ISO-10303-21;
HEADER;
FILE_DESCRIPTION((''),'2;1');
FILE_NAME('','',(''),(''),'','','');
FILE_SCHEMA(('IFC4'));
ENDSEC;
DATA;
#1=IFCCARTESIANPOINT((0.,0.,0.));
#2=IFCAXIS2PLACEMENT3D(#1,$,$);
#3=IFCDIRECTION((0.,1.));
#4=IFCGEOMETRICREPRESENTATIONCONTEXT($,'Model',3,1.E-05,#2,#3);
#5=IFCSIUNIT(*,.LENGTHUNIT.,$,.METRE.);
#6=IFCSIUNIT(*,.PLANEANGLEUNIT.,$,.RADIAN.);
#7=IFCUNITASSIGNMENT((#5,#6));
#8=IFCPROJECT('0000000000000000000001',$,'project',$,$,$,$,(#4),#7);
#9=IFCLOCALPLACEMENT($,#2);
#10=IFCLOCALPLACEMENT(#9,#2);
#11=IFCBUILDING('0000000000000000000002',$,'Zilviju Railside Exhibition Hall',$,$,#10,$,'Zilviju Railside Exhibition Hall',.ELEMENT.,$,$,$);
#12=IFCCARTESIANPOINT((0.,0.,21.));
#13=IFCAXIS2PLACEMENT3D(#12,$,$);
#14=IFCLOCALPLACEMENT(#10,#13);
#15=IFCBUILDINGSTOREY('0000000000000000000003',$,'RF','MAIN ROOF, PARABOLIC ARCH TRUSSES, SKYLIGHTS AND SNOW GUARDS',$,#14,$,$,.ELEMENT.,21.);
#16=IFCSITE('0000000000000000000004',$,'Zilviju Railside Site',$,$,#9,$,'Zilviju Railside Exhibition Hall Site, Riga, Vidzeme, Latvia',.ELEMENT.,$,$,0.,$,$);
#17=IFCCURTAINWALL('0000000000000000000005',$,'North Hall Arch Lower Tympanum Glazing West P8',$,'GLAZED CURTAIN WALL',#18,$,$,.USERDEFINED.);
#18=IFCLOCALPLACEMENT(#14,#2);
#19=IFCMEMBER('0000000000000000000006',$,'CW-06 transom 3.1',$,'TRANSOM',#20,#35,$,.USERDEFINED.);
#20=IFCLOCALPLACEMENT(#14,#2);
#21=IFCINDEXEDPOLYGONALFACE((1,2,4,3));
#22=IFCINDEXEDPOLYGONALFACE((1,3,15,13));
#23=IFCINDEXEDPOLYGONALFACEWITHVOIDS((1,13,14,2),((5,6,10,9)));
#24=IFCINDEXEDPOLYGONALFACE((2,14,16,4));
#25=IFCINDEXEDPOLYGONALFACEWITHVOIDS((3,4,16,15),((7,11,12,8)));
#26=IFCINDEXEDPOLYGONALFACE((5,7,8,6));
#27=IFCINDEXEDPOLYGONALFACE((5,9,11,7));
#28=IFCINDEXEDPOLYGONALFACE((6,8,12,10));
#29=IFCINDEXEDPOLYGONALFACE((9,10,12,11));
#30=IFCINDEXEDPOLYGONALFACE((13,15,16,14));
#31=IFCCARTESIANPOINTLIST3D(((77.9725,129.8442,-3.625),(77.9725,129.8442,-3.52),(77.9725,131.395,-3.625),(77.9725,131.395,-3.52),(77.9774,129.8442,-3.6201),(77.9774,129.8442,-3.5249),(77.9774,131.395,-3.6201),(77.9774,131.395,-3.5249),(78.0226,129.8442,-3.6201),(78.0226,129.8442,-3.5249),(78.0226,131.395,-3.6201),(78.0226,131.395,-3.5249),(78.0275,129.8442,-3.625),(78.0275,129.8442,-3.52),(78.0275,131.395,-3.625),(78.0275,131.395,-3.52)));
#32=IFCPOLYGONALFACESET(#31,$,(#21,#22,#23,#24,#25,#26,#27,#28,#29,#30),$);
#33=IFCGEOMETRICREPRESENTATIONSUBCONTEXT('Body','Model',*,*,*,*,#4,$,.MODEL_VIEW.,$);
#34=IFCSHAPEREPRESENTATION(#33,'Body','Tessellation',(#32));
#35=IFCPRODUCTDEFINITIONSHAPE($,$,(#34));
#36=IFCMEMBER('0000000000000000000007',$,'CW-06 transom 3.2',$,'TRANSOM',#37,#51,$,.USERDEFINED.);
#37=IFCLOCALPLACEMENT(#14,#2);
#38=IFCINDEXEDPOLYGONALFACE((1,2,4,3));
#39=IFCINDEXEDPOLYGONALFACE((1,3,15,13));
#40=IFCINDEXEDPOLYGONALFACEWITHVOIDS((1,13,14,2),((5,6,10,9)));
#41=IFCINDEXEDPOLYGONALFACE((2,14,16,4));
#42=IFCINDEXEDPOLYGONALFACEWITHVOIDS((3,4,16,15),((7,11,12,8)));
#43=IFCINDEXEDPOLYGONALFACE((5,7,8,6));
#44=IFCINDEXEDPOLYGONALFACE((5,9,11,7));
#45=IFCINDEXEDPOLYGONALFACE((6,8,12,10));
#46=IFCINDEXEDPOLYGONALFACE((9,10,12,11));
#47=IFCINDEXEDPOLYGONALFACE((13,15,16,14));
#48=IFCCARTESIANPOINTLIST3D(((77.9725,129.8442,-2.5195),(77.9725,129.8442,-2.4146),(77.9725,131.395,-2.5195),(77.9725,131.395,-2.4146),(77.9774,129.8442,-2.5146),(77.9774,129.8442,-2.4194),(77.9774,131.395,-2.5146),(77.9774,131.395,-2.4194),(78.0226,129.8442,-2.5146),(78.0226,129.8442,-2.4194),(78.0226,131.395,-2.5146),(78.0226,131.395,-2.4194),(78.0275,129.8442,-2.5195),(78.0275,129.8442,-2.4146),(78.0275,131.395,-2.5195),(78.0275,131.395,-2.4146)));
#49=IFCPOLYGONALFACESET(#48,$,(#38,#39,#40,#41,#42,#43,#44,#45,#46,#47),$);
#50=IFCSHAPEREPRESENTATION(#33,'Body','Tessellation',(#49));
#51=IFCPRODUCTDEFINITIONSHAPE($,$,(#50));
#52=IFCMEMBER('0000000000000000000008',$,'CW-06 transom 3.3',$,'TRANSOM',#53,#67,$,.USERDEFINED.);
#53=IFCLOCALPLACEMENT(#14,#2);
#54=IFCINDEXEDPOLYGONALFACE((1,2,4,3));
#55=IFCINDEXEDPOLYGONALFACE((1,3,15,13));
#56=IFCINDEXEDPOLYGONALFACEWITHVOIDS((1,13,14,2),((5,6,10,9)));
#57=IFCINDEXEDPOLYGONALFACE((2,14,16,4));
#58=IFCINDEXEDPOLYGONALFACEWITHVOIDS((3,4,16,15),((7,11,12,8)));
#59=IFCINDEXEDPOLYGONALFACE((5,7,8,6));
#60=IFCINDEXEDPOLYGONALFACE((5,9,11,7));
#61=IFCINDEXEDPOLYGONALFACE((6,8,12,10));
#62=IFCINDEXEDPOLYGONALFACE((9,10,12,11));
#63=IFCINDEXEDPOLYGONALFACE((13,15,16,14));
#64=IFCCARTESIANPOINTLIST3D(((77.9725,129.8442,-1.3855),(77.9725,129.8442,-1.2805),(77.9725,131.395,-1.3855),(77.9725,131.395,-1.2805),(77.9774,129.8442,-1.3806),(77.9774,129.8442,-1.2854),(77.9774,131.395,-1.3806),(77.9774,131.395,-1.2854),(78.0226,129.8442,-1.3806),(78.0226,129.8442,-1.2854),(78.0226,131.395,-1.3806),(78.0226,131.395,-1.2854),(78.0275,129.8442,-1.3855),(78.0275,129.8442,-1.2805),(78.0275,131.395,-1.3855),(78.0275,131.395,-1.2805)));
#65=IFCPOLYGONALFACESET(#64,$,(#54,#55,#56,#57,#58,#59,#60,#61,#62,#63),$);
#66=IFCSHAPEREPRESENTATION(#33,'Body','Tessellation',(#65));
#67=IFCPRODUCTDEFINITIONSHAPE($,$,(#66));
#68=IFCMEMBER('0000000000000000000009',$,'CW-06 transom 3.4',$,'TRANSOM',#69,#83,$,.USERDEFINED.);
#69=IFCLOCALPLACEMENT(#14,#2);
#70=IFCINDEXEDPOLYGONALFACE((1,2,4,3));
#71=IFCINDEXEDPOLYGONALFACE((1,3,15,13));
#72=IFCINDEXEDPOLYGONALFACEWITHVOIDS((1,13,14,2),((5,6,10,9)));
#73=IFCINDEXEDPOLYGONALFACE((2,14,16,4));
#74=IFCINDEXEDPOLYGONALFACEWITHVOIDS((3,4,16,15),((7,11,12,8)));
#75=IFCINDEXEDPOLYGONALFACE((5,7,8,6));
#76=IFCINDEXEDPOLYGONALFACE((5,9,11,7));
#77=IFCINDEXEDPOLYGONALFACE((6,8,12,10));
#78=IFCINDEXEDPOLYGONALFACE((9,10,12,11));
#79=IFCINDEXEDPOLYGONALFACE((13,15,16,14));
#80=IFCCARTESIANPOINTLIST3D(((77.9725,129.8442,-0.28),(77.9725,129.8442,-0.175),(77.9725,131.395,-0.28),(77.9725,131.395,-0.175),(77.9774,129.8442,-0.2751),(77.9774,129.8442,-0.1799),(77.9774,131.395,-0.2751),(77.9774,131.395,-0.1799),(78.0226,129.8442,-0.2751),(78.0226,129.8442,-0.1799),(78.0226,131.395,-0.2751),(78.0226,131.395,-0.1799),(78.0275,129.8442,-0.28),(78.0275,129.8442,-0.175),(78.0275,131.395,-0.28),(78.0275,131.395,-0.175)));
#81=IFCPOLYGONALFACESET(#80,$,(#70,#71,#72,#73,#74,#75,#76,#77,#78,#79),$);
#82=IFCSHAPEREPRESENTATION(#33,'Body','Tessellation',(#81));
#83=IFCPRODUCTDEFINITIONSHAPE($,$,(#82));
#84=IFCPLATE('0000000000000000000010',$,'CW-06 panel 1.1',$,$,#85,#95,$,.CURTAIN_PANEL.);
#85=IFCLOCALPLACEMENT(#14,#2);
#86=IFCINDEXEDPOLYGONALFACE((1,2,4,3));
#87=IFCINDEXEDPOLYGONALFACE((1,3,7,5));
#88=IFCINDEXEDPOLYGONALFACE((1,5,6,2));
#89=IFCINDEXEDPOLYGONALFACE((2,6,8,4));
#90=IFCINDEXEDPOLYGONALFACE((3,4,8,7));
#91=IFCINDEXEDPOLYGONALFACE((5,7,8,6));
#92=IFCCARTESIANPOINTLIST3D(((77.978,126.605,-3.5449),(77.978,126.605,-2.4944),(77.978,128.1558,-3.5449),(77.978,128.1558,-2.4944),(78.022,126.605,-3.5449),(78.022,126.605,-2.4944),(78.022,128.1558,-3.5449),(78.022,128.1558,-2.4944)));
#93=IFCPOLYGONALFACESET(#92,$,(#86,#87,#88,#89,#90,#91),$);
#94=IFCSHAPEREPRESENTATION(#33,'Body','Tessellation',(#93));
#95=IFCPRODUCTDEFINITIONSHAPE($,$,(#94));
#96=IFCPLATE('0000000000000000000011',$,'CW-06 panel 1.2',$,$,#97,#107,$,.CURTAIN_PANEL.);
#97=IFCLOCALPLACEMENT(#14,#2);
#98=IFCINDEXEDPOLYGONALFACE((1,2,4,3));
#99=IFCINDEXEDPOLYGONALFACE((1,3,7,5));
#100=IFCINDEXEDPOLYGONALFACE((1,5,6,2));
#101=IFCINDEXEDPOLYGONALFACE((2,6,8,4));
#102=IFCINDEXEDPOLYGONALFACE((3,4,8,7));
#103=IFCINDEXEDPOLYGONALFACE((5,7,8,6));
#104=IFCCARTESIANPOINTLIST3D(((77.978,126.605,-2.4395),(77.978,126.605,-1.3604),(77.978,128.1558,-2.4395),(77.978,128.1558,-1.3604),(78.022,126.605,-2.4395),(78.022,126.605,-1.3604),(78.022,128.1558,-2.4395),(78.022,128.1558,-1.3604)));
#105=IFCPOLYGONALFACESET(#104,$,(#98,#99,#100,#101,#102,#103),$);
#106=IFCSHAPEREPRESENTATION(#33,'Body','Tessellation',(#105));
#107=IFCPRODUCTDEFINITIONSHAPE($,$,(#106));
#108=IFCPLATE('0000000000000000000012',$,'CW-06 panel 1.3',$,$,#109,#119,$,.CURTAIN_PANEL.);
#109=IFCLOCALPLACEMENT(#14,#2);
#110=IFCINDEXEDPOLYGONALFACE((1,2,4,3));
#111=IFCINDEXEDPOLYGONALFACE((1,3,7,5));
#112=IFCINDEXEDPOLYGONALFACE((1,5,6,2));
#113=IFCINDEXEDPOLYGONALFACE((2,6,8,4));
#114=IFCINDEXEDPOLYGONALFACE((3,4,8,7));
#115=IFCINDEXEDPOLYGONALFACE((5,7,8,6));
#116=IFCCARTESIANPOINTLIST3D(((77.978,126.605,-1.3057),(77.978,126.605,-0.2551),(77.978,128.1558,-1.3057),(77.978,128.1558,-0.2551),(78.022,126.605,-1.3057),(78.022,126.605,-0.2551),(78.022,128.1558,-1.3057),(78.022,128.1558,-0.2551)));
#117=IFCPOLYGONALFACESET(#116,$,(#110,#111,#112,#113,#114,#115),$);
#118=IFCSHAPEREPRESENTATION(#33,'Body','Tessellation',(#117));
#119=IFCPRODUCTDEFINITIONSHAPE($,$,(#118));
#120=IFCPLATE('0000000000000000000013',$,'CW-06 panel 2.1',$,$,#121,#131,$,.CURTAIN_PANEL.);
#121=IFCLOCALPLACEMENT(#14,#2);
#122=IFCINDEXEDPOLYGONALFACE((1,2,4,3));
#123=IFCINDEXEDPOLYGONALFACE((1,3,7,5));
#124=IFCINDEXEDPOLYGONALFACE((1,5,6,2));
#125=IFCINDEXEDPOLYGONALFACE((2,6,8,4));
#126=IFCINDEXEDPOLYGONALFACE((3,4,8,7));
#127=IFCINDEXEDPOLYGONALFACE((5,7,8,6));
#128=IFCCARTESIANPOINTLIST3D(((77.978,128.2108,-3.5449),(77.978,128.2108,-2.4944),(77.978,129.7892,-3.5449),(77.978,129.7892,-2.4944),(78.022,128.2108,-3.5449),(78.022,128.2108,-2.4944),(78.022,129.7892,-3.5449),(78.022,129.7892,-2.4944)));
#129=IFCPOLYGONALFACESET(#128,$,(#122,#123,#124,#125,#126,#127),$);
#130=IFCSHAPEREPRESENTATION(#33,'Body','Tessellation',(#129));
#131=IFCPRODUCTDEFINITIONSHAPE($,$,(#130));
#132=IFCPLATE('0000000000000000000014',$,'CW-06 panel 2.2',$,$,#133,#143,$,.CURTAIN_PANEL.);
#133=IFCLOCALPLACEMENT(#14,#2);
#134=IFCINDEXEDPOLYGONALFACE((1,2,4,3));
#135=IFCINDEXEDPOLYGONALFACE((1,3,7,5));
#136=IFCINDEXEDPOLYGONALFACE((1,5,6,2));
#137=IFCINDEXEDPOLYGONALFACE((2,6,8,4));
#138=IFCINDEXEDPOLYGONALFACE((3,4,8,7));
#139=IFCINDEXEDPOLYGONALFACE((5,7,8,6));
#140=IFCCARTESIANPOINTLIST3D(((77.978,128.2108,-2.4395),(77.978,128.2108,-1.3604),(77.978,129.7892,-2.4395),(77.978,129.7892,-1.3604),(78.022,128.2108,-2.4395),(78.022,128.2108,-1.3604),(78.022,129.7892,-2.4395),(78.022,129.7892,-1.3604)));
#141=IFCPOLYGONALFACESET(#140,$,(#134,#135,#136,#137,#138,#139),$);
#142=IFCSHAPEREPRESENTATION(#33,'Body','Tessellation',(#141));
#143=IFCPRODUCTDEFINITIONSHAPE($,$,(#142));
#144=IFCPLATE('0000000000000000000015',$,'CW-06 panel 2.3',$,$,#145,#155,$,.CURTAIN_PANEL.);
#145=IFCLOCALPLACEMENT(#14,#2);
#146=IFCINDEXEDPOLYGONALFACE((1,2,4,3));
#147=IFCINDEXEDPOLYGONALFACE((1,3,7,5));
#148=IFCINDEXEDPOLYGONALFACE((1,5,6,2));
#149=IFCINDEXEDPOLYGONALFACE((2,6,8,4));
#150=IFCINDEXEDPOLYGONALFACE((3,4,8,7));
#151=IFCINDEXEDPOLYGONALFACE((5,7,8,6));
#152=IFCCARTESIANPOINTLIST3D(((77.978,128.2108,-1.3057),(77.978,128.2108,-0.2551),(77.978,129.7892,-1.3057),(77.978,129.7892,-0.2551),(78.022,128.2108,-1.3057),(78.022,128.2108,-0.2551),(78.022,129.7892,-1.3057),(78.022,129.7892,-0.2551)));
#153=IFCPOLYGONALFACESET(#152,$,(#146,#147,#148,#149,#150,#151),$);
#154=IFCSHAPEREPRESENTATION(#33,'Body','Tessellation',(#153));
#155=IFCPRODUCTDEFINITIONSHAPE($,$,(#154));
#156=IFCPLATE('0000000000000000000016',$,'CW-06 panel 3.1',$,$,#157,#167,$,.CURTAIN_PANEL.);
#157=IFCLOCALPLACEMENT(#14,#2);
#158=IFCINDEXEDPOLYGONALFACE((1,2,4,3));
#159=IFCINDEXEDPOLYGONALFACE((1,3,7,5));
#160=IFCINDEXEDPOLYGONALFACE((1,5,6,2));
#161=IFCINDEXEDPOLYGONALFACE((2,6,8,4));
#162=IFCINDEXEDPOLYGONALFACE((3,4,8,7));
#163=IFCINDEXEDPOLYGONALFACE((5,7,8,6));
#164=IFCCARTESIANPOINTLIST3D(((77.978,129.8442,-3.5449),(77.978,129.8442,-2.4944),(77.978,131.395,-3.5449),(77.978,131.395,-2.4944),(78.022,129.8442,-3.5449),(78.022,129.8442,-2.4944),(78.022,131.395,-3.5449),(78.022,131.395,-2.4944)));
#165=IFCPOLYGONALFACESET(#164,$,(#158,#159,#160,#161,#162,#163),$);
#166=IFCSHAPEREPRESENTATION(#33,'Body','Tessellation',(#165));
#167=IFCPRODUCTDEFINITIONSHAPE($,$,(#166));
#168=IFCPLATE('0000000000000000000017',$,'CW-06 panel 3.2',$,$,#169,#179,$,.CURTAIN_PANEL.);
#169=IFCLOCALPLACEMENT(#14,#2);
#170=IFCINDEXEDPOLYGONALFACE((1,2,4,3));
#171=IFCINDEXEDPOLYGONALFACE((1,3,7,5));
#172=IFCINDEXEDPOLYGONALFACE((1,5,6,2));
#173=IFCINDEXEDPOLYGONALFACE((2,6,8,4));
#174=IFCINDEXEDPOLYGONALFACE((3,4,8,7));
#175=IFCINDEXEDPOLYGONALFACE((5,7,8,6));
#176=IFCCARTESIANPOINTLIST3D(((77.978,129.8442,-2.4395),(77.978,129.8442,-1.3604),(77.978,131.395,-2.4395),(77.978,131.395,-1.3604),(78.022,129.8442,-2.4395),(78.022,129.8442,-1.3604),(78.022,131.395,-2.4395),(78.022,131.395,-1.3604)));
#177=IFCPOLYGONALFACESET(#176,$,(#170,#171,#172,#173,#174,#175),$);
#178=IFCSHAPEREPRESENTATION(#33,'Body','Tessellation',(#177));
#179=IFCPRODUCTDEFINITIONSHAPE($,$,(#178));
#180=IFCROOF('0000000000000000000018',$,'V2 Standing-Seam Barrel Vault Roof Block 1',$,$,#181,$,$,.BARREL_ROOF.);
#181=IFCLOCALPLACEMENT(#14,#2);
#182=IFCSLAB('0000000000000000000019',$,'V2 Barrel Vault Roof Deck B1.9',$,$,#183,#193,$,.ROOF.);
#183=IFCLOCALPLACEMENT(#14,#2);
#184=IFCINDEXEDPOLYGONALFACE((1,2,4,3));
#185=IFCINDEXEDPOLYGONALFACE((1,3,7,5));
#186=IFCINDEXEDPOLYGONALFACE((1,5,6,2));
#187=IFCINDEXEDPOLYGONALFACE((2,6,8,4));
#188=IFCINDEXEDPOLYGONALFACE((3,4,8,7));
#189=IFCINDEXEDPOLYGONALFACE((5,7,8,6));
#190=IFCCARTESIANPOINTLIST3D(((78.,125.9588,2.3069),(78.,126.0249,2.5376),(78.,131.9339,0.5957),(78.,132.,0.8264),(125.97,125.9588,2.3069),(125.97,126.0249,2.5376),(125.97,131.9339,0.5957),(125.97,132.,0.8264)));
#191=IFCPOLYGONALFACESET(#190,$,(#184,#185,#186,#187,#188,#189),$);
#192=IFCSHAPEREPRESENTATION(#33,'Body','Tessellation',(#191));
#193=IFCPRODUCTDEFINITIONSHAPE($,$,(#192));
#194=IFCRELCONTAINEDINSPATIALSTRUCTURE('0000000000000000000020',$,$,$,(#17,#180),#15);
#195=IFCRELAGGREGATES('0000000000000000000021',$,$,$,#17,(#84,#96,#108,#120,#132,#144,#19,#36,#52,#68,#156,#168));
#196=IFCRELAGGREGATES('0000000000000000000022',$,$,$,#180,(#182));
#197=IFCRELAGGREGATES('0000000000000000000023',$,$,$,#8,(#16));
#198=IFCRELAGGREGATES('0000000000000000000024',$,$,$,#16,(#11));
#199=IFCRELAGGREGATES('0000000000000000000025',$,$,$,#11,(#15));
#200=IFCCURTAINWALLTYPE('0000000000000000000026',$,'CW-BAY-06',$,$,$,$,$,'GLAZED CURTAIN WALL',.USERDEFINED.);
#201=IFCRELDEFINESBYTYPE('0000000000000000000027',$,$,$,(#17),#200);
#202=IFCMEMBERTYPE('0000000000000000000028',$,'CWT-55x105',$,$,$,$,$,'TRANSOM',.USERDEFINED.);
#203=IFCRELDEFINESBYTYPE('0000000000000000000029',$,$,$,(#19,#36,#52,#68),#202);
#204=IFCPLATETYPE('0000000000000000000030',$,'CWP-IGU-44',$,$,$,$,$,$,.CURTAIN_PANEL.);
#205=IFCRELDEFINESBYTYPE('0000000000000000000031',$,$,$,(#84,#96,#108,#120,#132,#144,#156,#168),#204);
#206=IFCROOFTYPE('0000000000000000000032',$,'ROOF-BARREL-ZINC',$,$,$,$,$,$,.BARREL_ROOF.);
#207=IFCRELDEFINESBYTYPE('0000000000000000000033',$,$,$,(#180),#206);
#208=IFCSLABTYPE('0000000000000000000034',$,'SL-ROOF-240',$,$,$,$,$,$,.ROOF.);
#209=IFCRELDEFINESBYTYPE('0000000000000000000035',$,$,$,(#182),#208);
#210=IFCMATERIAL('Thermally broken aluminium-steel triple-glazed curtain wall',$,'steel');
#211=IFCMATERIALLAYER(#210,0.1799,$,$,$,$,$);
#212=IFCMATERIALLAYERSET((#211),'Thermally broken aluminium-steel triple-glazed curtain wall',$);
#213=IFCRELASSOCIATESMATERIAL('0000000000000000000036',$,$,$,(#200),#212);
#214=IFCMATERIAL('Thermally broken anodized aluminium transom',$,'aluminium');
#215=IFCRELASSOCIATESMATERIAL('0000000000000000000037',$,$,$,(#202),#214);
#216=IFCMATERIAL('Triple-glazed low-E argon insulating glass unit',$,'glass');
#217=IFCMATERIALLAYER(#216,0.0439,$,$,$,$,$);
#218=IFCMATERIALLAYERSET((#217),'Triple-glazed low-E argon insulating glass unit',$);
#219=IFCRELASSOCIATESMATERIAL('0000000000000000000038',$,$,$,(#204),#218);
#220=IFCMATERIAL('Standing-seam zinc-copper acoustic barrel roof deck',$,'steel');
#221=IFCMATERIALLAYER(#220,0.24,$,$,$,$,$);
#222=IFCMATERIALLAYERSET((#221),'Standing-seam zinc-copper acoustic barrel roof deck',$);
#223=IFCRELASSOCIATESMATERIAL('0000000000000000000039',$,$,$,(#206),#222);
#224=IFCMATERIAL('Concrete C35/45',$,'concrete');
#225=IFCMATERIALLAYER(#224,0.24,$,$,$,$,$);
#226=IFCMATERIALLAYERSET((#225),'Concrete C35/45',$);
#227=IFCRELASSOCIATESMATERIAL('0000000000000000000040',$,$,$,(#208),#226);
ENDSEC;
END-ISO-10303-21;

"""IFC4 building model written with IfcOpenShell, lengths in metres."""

from ifc_helpers import new_model, si_unit, direction, frame, origin, origin_2d, place, context, subcontext, project, spatial, polyline, rectangle, hollow_rectangle, outline, extrude, material, layer, layer_set, material_profile, profile_set, type_object, element, aggregate, save


model = new_model("IFC4")

# Units and contexts
model_context = context("Model", 3, precision=1e-05, world=origin(), true_north=direction((0.0, 1.0)))
body_context = subcontext(model_context, "Body", "Model", "MODEL_VIEW")
ifc_project = project(units=[si_unit("LENGTHUNIT", "METRE"), si_unit("PLANEANGLEUNIT", "RADIAN")], contexts=[model_context])

# Site, building, storey
site_placement = place(None, origin())
site = spatial("IfcSite", under=ifc_project, at=site_placement, Name="Zilviju Railside Site", LongName="Zilviju Railside Exhibition Hall Site, Riga, Vidzeme, Latvia", CompositionType="ELEMENT", RefElevation=0.0)
building_placement = place(site_placement, origin())
building = spatial("IfcBuilding", under=site, at=building_placement, Name="Zilviju Railside Exhibition Hall", LongName="Zilviju Railside Exhibition Hall", CompositionType="ELEMENT")
storey_placement = place(building_placement, frame((0.0, 0.0, 21.0)))
storey = spatial("IfcBuildingStorey", under=building, at=storey_placement, Name="RF", Description="MAIN ROOF, PARABOLIC ARCH TRUSSES, SKYLIGHTS AND SNOW GUARDS", CompositionType="ELEMENT", Elevation=21.0)

# Curtain wall, members, plates
ifc_material_1 = material(Name="Thermally broken aluminium-steel triple-glazed curtain wall", Category="steel")
ifc_layer_1 = layer(ifc_material_1, 0.1799)
ifc_layer_set_1 = layer_set([ifc_layer_1], Name="Thermally broken aluminium-steel triple-glazed curtain wall")
curtain_wall_type = type_object("IfcCurtainWallType", Name="CW-BAY-06", ElementType="GLAZED CURTAIN WALL", PredefinedType="USERDEFINED", material=ifc_layer_set_1)
curtain_wall_placement = place(storey_placement, origin())
curtain_wall = element("IfcCurtainWall", 1, at=curtain_wall_placement, inside=storey, type_object=curtain_wall_type, Name="North Hall Arch Lower Tympanum Glazing West P8", ObjectType="GLAZED CURTAIN WALL", PredefinedType="USERDEFINED")
ifc_material_2 = material(Name="Thermally broken anodized aluminium transom", Category="aluminium")
ifc_material_profile_1 = material_profile(ifc_material_2, hollow_rectangle(XDim=0.0549, YDim=0.105, WallThickness=0.0049, at=origin_2d()), Name="TRANSOM 105x55x5")
ifc_profile_set_1 = profile_set([ifc_material_profile_1], Name="Thermally broken anodized aluminium transom")
member_type_1 = type_object("IfcMemberType", Name="CWT-55x105", ElementType="TRANSOM", PredefinedType="USERDEFINED", material=ifc_profile_set_1)
member_1_placement = place(storey_placement, frame((78.0, 129.8442, -3.5725), z_axis=(0.0, 1.0, 0.0), x_axis=(-1.0, 0.0, 0.0)))
member_1 = element("IfcMember", 2, at=member_1_placement, type_object=member_type_1, Name="CW-06 transom 3.1", ObjectType="TRANSOM", PredefinedType="USERDEFINED", context=body_context, shape_type="SweptSolid", body=[
    extrude(hollow_rectangle(XDim=0.0549, YDim=0.105, WallThickness=0.0049, at=origin_2d()), origin(), (0.0, 0.0, 1.0), 1.5508),
])
member_2_placement = place(storey_placement, frame((78.0, 129.8442, -2.467), z_axis=(0.0, 1.0, 0.0), x_axis=(-1.0, 0.0, 0.0)))
member_2 = element("IfcMember", 3, at=member_2_placement, type_object=member_type_1, Name="CW-06 transom 3.2", ObjectType="TRANSOM", PredefinedType="USERDEFINED", context=body_context, shape_type="SweptSolid", body=[
    extrude(hollow_rectangle(XDim=0.0549, YDim=0.105, WallThickness=0.0049, at=origin_2d()), origin(), (0.0, 0.0, 1.0), 1.5508),
])
member_3_placement = place(storey_placement, frame((78.0, 129.8442, -1.333), z_axis=(0.0, 1.0, 0.0), x_axis=(-1.0, 0.0, 0.0)))
member_3 = element("IfcMember", 4, at=member_3_placement, type_object=member_type_1, Name="CW-06 transom 3.3", ObjectType="TRANSOM", PredefinedType="USERDEFINED", context=body_context, shape_type="SweptSolid", body=[
    extrude(hollow_rectangle(XDim=0.0549, YDim=0.105, WallThickness=0.0049, at=origin_2d()), origin(), (0.0, 0.0, 1.0), 1.5508),
])
member_4_placement = place(storey_placement, frame((78.0, 129.8442, -0.2275), z_axis=(0.0, 1.0, 0.0), x_axis=(-1.0, 0.0, 0.0)))
member_4 = element("IfcMember", 5, at=member_4_placement, type_object=member_type_1, Name="CW-06 transom 3.4", ObjectType="TRANSOM", PredefinedType="USERDEFINED", context=body_context, shape_type="SweptSolid", body=[
    extrude(hollow_rectangle(XDim=0.0549, YDim=0.105, WallThickness=0.0049, at=origin_2d()), origin(), (0.0, 0.0, 1.0), 1.5508),
])
ifc_material_3 = material(Name="Triple-glazed low-E argon insulating glass unit", Category="glass")
ifc_layer_2 = layer(ifc_material_3, 0.0439)
ifc_layer_set_2 = layer_set([ifc_layer_2], Name="Triple-glazed low-E argon insulating glass unit")
plate_type = type_object("IfcPlateType", Name="CWP-IGU-44", PredefinedType="CURTAIN_PANEL", material=ifc_layer_set_2)
plate_1_placement = place(storey_placement, frame((78.0, 127.3804, -3.5449), z_axis=(0.0, 0.0, 1.0), x_axis=(0.0, 1.0, 0.0)))
plate_1 = element("IfcPlate", 6, at=plate_1_placement, type_object=plate_type, Name="CW-06 panel 1.1", PredefinedType="CURTAIN_PANEL", context=body_context, shape_type="SweptSolid", body=[
    extrude(rectangle(XDim=1.5508, YDim=0.0439, at=origin_2d()), origin(), (0.0, 0.0, 1.0), 1.0505),
])
plate_2_placement = place(storey_placement, frame((78.0, 127.3804, -2.4395), z_axis=(0.0, 0.0, 1.0), x_axis=(0.0, 1.0, 0.0)))
plate_2 = element("IfcPlate", 7, at=plate_2_placement, type_object=plate_type, Name="CW-06 panel 1.2", PredefinedType="CURTAIN_PANEL", context=body_context, shape_type="SweptSolid", body=[
    extrude(rectangle(XDim=1.5508, YDim=0.0439, at=origin_2d()), origin(), (0.0, 0.0, 1.0), 1.0791),
])
plate_3_placement = place(storey_placement, frame((78.0, 127.3804, -1.3057), z_axis=(0.0, 0.0, 1.0), x_axis=(0.0, 1.0, 0.0)))
plate_3 = element("IfcPlate", 8, at=plate_3_placement, type_object=plate_type, Name="CW-06 panel 1.3", PredefinedType="CURTAIN_PANEL", context=body_context, shape_type="SweptSolid", body=[
    extrude(rectangle(XDim=1.5508, YDim=0.0439, at=origin_2d()), origin(), (0.0, 0.0, 1.0), 1.0505),
])
plate_4_placement = place(storey_placement, frame((78.0, 129.0, -3.5449), z_axis=(0.0, 0.0, 1.0), x_axis=(0.0, 1.0, 0.0)))
plate_4 = element("IfcPlate", 9, at=plate_4_placement, type_object=plate_type, Name="CW-06 panel 2.1", PredefinedType="CURTAIN_PANEL", context=body_context, shape_type="SweptSolid", body=[
    extrude(rectangle(XDim=1.5784, YDim=0.0439, at=origin_2d()), origin(), (0.0, 0.0, 1.0), 1.0505),
])
plate_5_placement = place(storey_placement, frame((78.0, 129.0, -2.4395), z_axis=(0.0, 0.0, 1.0), x_axis=(0.0, 1.0, 0.0)))
plate_5 = element("IfcPlate", 10, at=plate_5_placement, type_object=plate_type, Name="CW-06 panel 2.2", PredefinedType="CURTAIN_PANEL", context=body_context, shape_type="SweptSolid", body=[
    extrude(rectangle(XDim=1.5784, YDim=0.0439, at=origin_2d()), origin(), (0.0, 0.0, 1.0), 1.0791),
])
plate_6_placement = place(storey_placement, frame((78.0, 129.0, -1.3057), z_axis=(0.0, 0.0, 1.0), x_axis=(0.0, 1.0, 0.0)))
plate_6 = element("IfcPlate", 11, at=plate_6_placement, type_object=plate_type, Name="CW-06 panel 2.3", PredefinedType="CURTAIN_PANEL", context=body_context, shape_type="SweptSolid", body=[
    extrude(rectangle(XDim=1.5784, YDim=0.0439, at=origin_2d()), origin(), (0.0, 0.0, 1.0), 1.0505),
])
plate_7_placement = place(storey_placement, frame((78.0, 130.6196, -3.5449), z_axis=(0.0, 0.0, 1.0), x_axis=(0.0, 1.0, 0.0)))
plate_7 = element("IfcPlate", 12, at=plate_7_placement, type_object=plate_type, Name="CW-06 panel 3.1", PredefinedType="CURTAIN_PANEL", context=body_context, shape_type="SweptSolid", body=[
    extrude(rectangle(XDim=1.5508, YDim=0.0439, at=origin_2d()), origin(), (0.0, 0.0, 1.0), 1.0505),
])
plate_8_placement = place(storey_placement, frame((78.0, 130.6196, -2.4395), z_axis=(0.0, 0.0, 1.0), x_axis=(0.0, 1.0, 0.0)))
plate_8 = element("IfcPlate", 13, at=plate_8_placement, type_object=plate_type, Name="CW-06 panel 3.2", PredefinedType="CURTAIN_PANEL", context=body_context, shape_type="SweptSolid", body=[
    extrude(rectangle(XDim=1.5508, YDim=0.0439, at=origin_2d()), origin(), (0.0, 0.0, 1.0), 1.0791),
])
aggregate(curtain_wall, [plate_1, plate_2, plate_3, plate_4, plate_5, plate_6, member_1, member_2, member_3, member_4, plate_7, plate_8])

# Roof, slab
ifc_material_4 = material(Name="Standing-seam zinc-copper acoustic barrel roof deck", Category="steel")
ifc_layer_3 = layer(ifc_material_4, 0.24)
ifc_layer_set_3 = layer_set([ifc_layer_3], Name="Standing-seam zinc-copper acoustic barrel roof deck")
roof_type = type_object("IfcRoofType", Name="ROOF-BARREL-ZINC", PredefinedType="BARREL_ROOF", material=ifc_layer_set_3)
roof_placement = place(storey_placement, origin())
roof = element("IfcRoof", 14, at=roof_placement, inside=storey, type_object=roof_type, Name="V2 Standing-Seam Barrel Vault Roof Block 1", PredefinedType="BARREL_ROOF")
ifc_material_5 = material(Name="Concrete C35/45", Category="concrete")
ifc_layer_4 = layer(ifc_material_5, 0.24)
ifc_layer_set_4 = layer_set([ifc_layer_4], Name="Concrete C35/45")
slab_type = type_object("IfcSlabType", Name="SL-ROOF-240", PredefinedType="ROOF", material=ifc_layer_set_4)
slab_placement = place(storey_placement, frame((78.0, 126.0249, 2.5376), z_axis=(0.0, 0.275318, 0.961353), x_axis=(1.0, 0.0, 0.0)))
slab = element("IfcSlab", 15, at=slab_placement, type_object=slab_type, Name="V2 Barrel Vault Roof Deck B1.9", PredefinedType="ROOF", context=body_context, shape_type="SweptSolid", body=[
    extrude(outline(polyline([(0.0, 0.0), (47.97, 0.0), (47.97, 6.2153), (0.0, 6.2153), (0.0, 0.0)])), origin(), (0.0, 0.0, -1.0), 0.24),
])
aggregate(roof, [slab])

save(model, "model.ifc")
